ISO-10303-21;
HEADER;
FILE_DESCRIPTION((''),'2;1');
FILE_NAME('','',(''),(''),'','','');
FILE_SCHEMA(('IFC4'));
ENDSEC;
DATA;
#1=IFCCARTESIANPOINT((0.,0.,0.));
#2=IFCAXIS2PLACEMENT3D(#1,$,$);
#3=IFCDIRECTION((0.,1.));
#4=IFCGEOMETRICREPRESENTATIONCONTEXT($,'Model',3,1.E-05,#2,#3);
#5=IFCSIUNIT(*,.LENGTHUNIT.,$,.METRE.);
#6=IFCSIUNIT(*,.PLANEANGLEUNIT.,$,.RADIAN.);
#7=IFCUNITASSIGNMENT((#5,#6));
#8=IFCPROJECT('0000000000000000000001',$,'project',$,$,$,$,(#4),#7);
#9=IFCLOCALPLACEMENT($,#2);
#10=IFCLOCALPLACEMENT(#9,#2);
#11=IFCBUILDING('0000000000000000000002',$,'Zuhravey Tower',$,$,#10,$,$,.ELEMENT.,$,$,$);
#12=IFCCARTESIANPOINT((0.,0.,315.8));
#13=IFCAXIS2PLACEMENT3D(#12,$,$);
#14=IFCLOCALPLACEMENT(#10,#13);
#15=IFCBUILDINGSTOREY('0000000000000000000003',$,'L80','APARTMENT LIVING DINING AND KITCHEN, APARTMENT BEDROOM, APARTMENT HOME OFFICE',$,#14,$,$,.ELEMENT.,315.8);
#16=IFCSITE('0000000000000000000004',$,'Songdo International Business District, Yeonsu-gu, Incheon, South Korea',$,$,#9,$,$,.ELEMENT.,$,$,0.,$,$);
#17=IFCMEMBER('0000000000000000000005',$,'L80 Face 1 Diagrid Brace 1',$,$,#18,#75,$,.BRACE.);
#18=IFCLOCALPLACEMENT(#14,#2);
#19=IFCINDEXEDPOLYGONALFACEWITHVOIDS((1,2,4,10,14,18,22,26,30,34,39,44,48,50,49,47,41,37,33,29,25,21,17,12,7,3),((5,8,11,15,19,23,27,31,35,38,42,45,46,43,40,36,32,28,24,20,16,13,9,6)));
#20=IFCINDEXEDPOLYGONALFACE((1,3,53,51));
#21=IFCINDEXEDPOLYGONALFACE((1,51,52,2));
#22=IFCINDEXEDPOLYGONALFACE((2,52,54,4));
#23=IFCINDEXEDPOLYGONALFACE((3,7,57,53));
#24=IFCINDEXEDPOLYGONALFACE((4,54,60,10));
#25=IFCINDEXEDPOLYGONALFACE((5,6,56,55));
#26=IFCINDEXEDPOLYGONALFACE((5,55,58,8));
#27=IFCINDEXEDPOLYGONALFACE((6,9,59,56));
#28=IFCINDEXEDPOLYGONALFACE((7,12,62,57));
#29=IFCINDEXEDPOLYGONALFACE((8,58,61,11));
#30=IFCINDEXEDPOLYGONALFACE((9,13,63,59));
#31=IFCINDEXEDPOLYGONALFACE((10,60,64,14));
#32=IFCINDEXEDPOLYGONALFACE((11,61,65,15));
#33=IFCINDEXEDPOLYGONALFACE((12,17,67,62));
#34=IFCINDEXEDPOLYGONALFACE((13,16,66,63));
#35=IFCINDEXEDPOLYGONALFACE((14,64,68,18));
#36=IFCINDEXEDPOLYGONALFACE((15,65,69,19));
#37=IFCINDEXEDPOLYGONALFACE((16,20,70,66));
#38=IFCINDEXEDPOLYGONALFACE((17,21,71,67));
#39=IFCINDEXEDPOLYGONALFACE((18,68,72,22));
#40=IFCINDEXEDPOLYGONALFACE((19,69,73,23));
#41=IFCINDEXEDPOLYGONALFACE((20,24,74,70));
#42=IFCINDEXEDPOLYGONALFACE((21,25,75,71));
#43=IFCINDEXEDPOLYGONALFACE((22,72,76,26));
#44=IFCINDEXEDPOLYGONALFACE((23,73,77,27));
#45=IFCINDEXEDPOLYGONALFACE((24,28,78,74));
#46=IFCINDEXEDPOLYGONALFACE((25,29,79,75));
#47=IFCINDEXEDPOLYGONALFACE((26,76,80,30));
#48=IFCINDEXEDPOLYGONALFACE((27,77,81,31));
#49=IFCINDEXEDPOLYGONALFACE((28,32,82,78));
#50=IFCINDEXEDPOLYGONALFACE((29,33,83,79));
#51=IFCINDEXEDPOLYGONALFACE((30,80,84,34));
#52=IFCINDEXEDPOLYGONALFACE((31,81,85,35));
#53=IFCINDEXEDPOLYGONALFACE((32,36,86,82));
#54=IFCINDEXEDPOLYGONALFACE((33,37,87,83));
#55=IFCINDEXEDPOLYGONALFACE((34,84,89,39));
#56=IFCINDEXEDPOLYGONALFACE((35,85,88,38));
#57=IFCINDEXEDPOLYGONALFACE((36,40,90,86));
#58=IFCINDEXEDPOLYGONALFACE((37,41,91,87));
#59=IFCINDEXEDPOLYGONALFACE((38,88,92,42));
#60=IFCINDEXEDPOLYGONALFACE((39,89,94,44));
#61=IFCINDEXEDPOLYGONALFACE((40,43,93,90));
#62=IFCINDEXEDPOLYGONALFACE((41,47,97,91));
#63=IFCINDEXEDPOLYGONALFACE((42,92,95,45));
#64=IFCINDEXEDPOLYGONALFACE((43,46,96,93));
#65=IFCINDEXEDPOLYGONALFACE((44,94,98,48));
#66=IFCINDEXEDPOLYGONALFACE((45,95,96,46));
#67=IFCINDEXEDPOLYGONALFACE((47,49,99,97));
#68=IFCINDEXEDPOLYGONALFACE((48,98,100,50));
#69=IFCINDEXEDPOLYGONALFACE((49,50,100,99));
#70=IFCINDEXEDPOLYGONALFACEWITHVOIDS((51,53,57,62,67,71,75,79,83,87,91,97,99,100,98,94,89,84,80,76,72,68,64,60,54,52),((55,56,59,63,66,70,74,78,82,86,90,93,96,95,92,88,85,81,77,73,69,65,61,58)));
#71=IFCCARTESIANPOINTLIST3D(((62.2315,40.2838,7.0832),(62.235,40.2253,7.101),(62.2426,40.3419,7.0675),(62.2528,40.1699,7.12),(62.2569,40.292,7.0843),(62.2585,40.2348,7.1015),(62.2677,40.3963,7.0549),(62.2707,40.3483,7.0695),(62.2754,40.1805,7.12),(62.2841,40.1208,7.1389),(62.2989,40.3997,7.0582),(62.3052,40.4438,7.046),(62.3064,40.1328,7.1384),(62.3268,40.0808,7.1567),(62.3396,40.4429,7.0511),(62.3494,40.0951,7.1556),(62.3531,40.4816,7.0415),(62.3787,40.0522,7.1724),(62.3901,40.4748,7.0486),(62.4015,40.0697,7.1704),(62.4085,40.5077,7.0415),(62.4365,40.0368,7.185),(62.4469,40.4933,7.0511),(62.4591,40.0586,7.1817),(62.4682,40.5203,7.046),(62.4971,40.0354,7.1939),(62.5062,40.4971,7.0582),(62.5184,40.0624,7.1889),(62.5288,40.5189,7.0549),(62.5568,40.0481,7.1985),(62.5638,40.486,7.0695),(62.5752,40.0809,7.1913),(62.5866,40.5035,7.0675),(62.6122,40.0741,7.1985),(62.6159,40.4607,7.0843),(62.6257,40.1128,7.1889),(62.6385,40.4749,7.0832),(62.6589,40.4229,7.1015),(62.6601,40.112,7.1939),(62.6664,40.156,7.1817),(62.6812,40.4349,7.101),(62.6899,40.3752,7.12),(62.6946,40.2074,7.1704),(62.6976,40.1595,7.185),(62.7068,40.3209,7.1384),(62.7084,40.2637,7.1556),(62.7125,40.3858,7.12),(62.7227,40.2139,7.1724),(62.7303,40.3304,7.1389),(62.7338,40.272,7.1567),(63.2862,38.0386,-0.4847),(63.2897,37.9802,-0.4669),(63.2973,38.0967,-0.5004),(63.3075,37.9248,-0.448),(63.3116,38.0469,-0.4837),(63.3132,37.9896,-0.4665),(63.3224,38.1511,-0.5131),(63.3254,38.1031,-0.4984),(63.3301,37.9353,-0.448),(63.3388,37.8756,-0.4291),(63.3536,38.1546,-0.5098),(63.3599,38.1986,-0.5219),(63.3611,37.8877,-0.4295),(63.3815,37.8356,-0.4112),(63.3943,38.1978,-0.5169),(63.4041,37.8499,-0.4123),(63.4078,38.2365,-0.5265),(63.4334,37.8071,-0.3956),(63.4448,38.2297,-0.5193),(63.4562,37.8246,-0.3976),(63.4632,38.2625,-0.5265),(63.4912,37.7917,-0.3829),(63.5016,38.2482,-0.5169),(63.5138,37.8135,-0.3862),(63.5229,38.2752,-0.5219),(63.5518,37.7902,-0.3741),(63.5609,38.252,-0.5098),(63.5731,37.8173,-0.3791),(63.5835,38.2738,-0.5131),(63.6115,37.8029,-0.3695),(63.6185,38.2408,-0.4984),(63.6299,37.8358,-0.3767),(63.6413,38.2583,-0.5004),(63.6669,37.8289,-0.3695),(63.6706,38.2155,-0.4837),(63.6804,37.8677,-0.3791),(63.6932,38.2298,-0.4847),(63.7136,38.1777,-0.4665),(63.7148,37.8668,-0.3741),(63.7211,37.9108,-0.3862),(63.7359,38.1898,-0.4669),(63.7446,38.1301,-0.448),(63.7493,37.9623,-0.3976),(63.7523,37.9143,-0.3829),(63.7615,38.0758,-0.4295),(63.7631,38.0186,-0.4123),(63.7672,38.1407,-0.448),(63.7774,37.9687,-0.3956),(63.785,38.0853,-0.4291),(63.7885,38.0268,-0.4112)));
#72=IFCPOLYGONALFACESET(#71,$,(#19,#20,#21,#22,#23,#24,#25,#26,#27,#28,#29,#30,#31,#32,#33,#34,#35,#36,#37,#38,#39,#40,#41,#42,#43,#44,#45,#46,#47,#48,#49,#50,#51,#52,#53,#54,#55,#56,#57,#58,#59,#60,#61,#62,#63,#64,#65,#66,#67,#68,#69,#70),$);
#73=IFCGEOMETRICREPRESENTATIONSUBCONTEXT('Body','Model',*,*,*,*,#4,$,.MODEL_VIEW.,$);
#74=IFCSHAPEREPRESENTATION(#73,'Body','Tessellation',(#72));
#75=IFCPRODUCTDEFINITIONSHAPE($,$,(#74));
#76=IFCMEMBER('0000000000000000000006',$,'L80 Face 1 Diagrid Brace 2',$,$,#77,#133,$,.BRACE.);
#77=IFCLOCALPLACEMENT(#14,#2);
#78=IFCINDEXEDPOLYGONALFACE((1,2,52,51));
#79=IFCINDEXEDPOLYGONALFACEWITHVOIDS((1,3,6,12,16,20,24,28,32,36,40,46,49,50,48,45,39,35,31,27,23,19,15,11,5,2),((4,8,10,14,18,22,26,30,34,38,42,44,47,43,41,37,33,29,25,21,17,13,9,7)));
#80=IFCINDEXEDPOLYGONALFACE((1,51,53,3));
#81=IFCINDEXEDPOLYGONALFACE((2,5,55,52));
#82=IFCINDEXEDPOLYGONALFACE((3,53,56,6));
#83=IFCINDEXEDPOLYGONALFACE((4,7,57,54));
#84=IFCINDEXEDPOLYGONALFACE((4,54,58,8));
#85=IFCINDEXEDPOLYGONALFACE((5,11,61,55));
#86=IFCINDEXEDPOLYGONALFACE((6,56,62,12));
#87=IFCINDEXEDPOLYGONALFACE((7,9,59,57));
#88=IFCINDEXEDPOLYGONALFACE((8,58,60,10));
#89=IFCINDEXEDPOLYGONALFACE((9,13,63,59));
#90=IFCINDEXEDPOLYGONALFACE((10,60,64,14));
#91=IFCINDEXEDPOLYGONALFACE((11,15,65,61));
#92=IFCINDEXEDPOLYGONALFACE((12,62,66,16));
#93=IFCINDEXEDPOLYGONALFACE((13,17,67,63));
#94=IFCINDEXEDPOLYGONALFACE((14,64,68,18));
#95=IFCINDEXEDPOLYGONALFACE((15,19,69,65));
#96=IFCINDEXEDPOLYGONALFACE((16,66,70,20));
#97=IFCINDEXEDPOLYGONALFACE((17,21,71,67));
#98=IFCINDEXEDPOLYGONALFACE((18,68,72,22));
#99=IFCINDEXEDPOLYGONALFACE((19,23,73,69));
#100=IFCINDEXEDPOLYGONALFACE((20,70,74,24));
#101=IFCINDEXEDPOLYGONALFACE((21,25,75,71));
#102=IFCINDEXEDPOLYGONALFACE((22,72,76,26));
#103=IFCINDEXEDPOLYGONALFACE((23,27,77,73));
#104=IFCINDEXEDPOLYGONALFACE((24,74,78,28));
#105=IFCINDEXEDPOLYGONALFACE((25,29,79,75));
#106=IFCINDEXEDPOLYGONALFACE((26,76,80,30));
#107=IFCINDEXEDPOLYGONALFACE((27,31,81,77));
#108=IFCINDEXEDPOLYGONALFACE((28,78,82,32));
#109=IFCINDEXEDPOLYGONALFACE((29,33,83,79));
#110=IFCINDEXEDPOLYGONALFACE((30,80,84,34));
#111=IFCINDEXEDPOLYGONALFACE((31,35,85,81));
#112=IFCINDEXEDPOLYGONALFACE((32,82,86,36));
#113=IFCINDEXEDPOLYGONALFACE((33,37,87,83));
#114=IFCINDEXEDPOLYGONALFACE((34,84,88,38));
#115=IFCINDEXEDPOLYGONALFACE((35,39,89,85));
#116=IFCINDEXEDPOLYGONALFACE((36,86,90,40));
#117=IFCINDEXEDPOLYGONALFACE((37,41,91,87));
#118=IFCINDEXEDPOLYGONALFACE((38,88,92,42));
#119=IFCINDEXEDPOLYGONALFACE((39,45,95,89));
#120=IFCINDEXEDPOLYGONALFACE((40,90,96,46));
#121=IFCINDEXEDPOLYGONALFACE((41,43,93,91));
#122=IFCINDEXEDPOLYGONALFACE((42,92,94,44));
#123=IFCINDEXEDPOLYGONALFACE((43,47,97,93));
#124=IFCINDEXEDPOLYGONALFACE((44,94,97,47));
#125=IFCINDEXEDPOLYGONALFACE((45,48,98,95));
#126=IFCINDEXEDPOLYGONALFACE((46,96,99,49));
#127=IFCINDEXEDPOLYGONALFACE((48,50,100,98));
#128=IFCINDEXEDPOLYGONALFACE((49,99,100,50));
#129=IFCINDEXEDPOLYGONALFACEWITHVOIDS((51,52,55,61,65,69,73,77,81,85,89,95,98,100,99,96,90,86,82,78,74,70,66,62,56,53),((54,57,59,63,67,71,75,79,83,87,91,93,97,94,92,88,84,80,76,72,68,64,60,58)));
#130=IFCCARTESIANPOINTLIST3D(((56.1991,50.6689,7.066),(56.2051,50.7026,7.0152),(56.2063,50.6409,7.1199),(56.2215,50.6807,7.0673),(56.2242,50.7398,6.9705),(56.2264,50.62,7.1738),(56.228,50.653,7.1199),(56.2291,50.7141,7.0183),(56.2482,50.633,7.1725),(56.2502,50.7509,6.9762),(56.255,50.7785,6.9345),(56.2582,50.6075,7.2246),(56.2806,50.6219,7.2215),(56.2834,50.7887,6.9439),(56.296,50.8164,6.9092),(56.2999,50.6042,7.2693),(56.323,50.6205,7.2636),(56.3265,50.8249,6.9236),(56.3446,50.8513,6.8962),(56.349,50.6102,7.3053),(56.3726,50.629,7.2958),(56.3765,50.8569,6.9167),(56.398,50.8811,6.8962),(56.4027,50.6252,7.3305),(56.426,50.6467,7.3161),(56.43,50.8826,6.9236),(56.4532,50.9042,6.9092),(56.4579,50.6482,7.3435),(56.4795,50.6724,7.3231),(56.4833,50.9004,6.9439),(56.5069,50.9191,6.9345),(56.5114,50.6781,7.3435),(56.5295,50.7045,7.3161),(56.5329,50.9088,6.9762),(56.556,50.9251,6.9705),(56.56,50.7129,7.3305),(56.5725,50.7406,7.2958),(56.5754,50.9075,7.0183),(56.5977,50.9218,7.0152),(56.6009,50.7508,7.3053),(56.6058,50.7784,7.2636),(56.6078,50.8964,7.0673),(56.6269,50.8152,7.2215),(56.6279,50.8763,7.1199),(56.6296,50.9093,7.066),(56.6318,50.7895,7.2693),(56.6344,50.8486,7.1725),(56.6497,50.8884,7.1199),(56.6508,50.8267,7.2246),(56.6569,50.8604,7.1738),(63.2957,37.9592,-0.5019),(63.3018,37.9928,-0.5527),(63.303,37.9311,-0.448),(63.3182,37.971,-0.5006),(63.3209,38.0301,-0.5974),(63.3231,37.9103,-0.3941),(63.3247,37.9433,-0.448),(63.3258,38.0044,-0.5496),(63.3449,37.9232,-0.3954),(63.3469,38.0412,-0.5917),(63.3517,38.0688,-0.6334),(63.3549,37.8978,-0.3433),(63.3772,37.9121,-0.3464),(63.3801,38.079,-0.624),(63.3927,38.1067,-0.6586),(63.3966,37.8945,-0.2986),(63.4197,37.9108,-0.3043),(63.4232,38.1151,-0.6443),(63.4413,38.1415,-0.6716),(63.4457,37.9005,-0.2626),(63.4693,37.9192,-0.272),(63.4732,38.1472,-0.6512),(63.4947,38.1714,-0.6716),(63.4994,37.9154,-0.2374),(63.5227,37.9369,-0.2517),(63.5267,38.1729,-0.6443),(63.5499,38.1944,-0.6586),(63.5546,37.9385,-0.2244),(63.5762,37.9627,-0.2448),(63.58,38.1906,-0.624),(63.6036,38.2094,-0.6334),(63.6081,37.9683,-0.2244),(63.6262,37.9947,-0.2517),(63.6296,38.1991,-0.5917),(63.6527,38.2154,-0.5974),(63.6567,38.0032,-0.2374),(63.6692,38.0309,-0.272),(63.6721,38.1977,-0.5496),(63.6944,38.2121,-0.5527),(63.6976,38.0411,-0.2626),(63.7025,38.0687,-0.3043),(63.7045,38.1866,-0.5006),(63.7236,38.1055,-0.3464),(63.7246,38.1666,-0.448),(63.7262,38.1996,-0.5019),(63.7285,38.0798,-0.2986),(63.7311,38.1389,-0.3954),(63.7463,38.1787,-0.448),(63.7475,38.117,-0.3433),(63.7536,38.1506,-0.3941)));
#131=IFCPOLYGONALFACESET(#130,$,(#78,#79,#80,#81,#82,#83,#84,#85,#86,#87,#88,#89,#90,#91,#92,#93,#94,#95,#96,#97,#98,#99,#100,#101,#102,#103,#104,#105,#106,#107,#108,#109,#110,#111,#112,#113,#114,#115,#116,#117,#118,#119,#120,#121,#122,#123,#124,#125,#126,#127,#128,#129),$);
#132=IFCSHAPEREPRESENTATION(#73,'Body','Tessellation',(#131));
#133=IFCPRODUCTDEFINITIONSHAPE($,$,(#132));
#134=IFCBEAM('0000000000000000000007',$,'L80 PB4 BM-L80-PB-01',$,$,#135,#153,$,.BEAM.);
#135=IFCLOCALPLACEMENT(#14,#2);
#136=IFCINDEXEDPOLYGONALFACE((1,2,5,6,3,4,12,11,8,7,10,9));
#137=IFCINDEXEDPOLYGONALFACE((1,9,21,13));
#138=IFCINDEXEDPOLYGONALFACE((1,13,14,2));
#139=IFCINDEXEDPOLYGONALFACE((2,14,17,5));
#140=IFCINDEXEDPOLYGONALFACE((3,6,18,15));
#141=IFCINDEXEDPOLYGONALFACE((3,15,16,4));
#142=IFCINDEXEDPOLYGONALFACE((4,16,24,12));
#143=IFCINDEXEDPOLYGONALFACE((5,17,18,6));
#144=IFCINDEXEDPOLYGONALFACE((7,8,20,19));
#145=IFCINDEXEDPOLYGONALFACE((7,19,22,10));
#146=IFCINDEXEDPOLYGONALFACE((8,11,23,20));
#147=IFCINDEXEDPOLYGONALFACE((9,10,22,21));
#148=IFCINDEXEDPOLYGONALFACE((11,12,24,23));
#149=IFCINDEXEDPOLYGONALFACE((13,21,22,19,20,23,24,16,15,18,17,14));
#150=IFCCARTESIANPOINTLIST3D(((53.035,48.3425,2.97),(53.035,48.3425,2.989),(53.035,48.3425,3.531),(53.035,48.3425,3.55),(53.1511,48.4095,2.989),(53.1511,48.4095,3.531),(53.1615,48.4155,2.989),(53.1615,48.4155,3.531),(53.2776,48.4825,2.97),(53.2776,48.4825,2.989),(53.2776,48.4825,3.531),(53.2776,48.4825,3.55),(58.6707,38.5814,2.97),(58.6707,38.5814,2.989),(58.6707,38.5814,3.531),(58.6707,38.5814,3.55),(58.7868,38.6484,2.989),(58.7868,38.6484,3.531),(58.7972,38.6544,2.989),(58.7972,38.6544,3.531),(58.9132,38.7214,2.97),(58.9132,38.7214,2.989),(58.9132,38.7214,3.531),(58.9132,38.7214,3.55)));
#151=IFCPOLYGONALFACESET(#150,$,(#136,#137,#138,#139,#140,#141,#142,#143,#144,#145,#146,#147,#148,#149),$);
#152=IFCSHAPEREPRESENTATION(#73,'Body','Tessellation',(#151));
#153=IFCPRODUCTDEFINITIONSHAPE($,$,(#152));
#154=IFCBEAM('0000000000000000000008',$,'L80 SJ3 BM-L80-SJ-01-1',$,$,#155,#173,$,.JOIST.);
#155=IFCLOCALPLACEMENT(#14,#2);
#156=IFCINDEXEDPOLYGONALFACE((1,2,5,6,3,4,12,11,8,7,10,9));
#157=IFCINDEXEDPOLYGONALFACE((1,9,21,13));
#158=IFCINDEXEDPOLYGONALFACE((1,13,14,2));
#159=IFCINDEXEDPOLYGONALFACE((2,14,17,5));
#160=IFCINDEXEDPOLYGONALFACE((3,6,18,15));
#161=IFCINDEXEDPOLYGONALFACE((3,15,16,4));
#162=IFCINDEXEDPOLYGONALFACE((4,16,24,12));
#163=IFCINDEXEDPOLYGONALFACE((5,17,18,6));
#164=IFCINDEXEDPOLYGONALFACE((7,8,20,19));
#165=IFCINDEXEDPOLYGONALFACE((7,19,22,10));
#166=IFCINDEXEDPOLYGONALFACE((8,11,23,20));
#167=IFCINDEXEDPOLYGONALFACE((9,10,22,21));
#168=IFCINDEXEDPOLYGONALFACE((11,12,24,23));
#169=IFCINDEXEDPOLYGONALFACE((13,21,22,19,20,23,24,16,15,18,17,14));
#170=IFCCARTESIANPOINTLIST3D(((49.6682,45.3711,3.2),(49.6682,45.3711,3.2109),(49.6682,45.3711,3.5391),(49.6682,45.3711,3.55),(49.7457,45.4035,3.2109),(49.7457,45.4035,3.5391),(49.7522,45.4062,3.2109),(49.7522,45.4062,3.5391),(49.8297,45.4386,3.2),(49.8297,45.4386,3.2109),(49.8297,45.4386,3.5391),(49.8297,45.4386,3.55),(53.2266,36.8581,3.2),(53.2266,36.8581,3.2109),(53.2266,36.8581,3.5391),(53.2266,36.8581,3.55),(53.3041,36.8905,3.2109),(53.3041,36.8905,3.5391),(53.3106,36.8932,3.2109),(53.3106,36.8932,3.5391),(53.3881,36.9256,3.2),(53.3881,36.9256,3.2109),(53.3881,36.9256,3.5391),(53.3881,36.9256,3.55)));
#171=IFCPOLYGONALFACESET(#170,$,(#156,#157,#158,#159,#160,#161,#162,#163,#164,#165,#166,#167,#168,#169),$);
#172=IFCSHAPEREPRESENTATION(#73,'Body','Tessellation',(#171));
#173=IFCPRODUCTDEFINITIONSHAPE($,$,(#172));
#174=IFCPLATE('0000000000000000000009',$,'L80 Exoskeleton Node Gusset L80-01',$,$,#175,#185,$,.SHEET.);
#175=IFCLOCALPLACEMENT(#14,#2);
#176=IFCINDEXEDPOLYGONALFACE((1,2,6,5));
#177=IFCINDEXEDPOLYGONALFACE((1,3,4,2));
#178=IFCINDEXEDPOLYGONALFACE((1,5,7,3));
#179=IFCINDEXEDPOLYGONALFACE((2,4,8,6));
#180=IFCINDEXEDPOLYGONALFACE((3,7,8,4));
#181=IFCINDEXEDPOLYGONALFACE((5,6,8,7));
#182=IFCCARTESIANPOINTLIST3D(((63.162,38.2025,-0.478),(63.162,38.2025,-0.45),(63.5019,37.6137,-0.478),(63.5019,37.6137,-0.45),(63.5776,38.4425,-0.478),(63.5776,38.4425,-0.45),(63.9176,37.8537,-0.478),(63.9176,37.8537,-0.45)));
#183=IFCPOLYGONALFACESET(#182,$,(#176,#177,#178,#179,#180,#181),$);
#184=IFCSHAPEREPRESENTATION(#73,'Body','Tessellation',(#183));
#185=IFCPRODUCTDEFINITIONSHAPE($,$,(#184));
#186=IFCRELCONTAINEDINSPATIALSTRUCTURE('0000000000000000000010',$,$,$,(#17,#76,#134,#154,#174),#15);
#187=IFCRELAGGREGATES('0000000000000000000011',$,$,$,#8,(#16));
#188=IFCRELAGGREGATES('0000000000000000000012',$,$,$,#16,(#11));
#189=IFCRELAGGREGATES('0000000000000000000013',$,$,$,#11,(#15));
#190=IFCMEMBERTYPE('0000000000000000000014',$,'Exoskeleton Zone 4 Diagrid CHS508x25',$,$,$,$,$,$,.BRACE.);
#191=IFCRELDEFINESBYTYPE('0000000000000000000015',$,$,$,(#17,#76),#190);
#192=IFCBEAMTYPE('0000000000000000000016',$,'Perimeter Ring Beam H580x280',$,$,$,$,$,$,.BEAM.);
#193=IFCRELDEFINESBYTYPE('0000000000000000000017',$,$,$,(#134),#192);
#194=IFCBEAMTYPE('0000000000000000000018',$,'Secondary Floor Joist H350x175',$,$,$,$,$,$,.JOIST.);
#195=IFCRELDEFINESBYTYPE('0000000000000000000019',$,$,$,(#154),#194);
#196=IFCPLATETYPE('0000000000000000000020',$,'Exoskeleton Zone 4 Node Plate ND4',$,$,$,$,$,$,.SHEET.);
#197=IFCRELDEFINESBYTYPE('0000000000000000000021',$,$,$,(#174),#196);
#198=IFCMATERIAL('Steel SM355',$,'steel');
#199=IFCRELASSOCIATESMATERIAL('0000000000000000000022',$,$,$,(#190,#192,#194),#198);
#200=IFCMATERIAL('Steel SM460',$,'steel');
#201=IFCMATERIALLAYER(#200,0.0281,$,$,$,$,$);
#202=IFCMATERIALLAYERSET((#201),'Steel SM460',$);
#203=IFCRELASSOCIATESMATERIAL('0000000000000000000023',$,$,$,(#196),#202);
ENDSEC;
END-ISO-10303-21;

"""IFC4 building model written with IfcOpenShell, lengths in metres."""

from ifc_helpers import new_model, si_unit, direction, frame, origin, origin_2d, place, context, subcontext, project, spatial, rectangle, hollow_circle, i_section, extrude, material, layer, layer_set, material_profile, profile_set, type_object, element, save


model = new_model("IFC4")

# Units and contexts
model_context = context("Model", 3, precision=1e-05, world=origin(), true_north=direction((0.0, 1.0)))
body_context = subcontext(model_context, "Body", "Model", "MODEL_VIEW")
ifc_project = project(units=[si_unit("LENGTHUNIT", "METRE"), si_unit("PLANEANGLEUNIT", "RADIAN")], contexts=[model_context])

# Site, building, storey
site_placement = place(None, origin())
site = spatial("IfcSite", under=ifc_project, at=site_placement, Name="Songdo International Business District, Yeonsu-gu, Incheon, South Korea", CompositionType="ELEMENT", RefElevation=0.0)
building_placement = place(site_placement, origin())
building = spatial("IfcBuilding", under=site, at=building_placement, Name="Zuhravey Tower", CompositionType="ELEMENT")
storey_placement = place(building_placement, frame((0.0, 0.0, 315.8)))
storey = spatial("IfcBuildingStorey", under=building, at=storey_placement, Name="L80", Description="APARTMENT LIVING DINING AND KITCHEN, APARTMENT BEDROOM, APARTMENT HOME OFFICE", CompositionType="ELEMENT", Elevation=315.8)

# Members
ifc_material_1 = material(Name="Steel SM355", Category="steel")
ifc_material_profile_1 = material_profile(ifc_material_1, hollow_circle(Radius=0.2539, WallThickness=0.0249, at=origin_2d()), Name="CHS-508.0x25")
ifc_profile_set_1 = profile_set([ifc_material_profile_1], Name="Steel SM355")
member_type_1 = type_object("IfcMemberType", Name="Exoskeleton Zone 4 Diagrid CHS508x25", PredefinedType="BRACE", material=ifc_profile_set_1)
member_1_placement = place(storey_placement, frame((63.5374, 38.0327, -0.448), z_axis=(-0.132432, 0.281908, 0.950258), x_axis=(-0.905104, -0.42519, 0.0)))
element("IfcMember", 1, at=member_1_placement, inside=storey, type_object=member_type_1, Name="L80 Face 1 Diagrid Brace 1", PredefinedType="BRACE", context=body_context, shape_type="SweptSolid", body=[
    extrude(hollow_circle(Radius=0.2539, WallThickness=0.0249, at=origin_2d()), origin(), (0.0, 0.0, 1.0), 7.9641),
])
member_2_placement = place(storey_placement, frame((63.5247, 38.0549, -0.448), z_axis=(-0.432554, 0.774677, 0.461273), x_axis=(-0.873113, -0.487517, 0.0)))
element("IfcMember", 2, at=member_2_placement, inside=storey, type_object=member_type_1, Name="L80 Face 1 Diagrid Brace 2", PredefinedType="BRACE", context=body_context, shape_type="SweptSolid", body=[
    extrude(hollow_circle(Radius=0.2539, WallThickness=0.0249, at=origin_2d()), origin(), (0.0, 0.0, 1.0), 16.4065),
])

# Beams
ifc_material_profile_2 = material_profile(ifc_material_1, i_section(OverallWidth=0.28, OverallDepth=0.5801, WebThickness=0.012, FlangeThickness=0.019, at=origin_2d()), Name="H-580x280x12x19")
ifc_profile_set_2 = profile_set([ifc_material_profile_2], Name="Steel SM355")
beam_type_1 = type_object("IfcBeamType", Name="Perimeter Ring Beam H580x280", PredefinedType="BEAM", material=ifc_profile_set_2)
beam_1_placement = place(storey_placement, frame((58.792, 38.6514, 3.26), z_axis=(-0.500006, 0.866022, 0.0), x_axis=(-0.866022, -0.500006, 0.0)))
element("IfcBeam", 3, at=beam_1_placement, inside=storey, type_object=beam_type_1, Name="L80 PB4 BM-L80-PB-01", PredefinedType="BEAM", context=body_context, shape_type="SweptSolid", body=[
    extrude(i_section(OverallWidth=0.28, OverallDepth=0.5801, WebThickness=0.012, FlangeThickness=0.019, at=origin_2d()), origin(), (0.0, 0.0, 1.0), 11.2712),
])
ifc_material_profile_3 = material_profile(ifc_material_1, i_section(OverallWidth=0.175, OverallDepth=0.3501, WebThickness=0.0071, FlangeThickness=0.011, at=origin_2d()), Name="H-350x175x7x11")
ifc_profile_set_3 = profile_set([ifc_material_profile_3], Name="Steel SM355")
beam_type_2 = type_object("IfcBeamType", Name="Secondary Floor Joist H350x175", PredefinedType="JOIST", material=ifc_profile_set_3)
beam_2_placement = place(storey_placement, frame((53.3074, 36.8918, 3.375), z_axis=(-0.385658, 0.922642, 0.0), x_axis=(-0.922642, -0.385658, 0.0)))
element("IfcBeam", 4, at=beam_2_placement, inside=storey, type_object=beam_type_2, Name="L80 SJ3 BM-L80-SJ-01-1", PredefinedType="JOIST", context=body_context, shape_type="SweptSolid", body=[
    extrude(i_section(OverallWidth=0.175, OverallDepth=0.3501, WebThickness=0.0071, FlangeThickness=0.011, at=origin_2d()), origin(), (0.0, 0.0, 1.0), 9.2268),
])

# Plate
ifc_material_2 = material(Name="Steel SM460", Category="steel")
ifc_layer_1 = layer(ifc_material_2, 0.0281)
ifc_layer_set_1 = layer_set([ifc_layer_1], Name="Steel SM460")
plate_type_1 = type_object("IfcPlateType", Name="Exoskeleton Zone 4 Node Plate ND4", PredefinedType="SHEET", material=ifc_layer_set_1)
plate_1_placement = place(storey_placement, frame((63.5398, 38.0281, -0.478), z_axis=(0.0, 0.0, 1.0), x_axis=(-0.5, 0.866025, 0.0)))
element("IfcPlate", 5, at=plate_1_placement, inside=storey, type_object=plate_type_1, Name="L80 Exoskeleton Node Gusset L80-01", PredefinedType="SHEET", context=body_context, shape_type="SweptSolid", body=[
    extrude(rectangle(XDim=0.6799, YDim=0.48, at=origin_2d()), origin(), (0.0, 0.0, 1.0), 0.0281),
])

save(model, "model.ifc")
